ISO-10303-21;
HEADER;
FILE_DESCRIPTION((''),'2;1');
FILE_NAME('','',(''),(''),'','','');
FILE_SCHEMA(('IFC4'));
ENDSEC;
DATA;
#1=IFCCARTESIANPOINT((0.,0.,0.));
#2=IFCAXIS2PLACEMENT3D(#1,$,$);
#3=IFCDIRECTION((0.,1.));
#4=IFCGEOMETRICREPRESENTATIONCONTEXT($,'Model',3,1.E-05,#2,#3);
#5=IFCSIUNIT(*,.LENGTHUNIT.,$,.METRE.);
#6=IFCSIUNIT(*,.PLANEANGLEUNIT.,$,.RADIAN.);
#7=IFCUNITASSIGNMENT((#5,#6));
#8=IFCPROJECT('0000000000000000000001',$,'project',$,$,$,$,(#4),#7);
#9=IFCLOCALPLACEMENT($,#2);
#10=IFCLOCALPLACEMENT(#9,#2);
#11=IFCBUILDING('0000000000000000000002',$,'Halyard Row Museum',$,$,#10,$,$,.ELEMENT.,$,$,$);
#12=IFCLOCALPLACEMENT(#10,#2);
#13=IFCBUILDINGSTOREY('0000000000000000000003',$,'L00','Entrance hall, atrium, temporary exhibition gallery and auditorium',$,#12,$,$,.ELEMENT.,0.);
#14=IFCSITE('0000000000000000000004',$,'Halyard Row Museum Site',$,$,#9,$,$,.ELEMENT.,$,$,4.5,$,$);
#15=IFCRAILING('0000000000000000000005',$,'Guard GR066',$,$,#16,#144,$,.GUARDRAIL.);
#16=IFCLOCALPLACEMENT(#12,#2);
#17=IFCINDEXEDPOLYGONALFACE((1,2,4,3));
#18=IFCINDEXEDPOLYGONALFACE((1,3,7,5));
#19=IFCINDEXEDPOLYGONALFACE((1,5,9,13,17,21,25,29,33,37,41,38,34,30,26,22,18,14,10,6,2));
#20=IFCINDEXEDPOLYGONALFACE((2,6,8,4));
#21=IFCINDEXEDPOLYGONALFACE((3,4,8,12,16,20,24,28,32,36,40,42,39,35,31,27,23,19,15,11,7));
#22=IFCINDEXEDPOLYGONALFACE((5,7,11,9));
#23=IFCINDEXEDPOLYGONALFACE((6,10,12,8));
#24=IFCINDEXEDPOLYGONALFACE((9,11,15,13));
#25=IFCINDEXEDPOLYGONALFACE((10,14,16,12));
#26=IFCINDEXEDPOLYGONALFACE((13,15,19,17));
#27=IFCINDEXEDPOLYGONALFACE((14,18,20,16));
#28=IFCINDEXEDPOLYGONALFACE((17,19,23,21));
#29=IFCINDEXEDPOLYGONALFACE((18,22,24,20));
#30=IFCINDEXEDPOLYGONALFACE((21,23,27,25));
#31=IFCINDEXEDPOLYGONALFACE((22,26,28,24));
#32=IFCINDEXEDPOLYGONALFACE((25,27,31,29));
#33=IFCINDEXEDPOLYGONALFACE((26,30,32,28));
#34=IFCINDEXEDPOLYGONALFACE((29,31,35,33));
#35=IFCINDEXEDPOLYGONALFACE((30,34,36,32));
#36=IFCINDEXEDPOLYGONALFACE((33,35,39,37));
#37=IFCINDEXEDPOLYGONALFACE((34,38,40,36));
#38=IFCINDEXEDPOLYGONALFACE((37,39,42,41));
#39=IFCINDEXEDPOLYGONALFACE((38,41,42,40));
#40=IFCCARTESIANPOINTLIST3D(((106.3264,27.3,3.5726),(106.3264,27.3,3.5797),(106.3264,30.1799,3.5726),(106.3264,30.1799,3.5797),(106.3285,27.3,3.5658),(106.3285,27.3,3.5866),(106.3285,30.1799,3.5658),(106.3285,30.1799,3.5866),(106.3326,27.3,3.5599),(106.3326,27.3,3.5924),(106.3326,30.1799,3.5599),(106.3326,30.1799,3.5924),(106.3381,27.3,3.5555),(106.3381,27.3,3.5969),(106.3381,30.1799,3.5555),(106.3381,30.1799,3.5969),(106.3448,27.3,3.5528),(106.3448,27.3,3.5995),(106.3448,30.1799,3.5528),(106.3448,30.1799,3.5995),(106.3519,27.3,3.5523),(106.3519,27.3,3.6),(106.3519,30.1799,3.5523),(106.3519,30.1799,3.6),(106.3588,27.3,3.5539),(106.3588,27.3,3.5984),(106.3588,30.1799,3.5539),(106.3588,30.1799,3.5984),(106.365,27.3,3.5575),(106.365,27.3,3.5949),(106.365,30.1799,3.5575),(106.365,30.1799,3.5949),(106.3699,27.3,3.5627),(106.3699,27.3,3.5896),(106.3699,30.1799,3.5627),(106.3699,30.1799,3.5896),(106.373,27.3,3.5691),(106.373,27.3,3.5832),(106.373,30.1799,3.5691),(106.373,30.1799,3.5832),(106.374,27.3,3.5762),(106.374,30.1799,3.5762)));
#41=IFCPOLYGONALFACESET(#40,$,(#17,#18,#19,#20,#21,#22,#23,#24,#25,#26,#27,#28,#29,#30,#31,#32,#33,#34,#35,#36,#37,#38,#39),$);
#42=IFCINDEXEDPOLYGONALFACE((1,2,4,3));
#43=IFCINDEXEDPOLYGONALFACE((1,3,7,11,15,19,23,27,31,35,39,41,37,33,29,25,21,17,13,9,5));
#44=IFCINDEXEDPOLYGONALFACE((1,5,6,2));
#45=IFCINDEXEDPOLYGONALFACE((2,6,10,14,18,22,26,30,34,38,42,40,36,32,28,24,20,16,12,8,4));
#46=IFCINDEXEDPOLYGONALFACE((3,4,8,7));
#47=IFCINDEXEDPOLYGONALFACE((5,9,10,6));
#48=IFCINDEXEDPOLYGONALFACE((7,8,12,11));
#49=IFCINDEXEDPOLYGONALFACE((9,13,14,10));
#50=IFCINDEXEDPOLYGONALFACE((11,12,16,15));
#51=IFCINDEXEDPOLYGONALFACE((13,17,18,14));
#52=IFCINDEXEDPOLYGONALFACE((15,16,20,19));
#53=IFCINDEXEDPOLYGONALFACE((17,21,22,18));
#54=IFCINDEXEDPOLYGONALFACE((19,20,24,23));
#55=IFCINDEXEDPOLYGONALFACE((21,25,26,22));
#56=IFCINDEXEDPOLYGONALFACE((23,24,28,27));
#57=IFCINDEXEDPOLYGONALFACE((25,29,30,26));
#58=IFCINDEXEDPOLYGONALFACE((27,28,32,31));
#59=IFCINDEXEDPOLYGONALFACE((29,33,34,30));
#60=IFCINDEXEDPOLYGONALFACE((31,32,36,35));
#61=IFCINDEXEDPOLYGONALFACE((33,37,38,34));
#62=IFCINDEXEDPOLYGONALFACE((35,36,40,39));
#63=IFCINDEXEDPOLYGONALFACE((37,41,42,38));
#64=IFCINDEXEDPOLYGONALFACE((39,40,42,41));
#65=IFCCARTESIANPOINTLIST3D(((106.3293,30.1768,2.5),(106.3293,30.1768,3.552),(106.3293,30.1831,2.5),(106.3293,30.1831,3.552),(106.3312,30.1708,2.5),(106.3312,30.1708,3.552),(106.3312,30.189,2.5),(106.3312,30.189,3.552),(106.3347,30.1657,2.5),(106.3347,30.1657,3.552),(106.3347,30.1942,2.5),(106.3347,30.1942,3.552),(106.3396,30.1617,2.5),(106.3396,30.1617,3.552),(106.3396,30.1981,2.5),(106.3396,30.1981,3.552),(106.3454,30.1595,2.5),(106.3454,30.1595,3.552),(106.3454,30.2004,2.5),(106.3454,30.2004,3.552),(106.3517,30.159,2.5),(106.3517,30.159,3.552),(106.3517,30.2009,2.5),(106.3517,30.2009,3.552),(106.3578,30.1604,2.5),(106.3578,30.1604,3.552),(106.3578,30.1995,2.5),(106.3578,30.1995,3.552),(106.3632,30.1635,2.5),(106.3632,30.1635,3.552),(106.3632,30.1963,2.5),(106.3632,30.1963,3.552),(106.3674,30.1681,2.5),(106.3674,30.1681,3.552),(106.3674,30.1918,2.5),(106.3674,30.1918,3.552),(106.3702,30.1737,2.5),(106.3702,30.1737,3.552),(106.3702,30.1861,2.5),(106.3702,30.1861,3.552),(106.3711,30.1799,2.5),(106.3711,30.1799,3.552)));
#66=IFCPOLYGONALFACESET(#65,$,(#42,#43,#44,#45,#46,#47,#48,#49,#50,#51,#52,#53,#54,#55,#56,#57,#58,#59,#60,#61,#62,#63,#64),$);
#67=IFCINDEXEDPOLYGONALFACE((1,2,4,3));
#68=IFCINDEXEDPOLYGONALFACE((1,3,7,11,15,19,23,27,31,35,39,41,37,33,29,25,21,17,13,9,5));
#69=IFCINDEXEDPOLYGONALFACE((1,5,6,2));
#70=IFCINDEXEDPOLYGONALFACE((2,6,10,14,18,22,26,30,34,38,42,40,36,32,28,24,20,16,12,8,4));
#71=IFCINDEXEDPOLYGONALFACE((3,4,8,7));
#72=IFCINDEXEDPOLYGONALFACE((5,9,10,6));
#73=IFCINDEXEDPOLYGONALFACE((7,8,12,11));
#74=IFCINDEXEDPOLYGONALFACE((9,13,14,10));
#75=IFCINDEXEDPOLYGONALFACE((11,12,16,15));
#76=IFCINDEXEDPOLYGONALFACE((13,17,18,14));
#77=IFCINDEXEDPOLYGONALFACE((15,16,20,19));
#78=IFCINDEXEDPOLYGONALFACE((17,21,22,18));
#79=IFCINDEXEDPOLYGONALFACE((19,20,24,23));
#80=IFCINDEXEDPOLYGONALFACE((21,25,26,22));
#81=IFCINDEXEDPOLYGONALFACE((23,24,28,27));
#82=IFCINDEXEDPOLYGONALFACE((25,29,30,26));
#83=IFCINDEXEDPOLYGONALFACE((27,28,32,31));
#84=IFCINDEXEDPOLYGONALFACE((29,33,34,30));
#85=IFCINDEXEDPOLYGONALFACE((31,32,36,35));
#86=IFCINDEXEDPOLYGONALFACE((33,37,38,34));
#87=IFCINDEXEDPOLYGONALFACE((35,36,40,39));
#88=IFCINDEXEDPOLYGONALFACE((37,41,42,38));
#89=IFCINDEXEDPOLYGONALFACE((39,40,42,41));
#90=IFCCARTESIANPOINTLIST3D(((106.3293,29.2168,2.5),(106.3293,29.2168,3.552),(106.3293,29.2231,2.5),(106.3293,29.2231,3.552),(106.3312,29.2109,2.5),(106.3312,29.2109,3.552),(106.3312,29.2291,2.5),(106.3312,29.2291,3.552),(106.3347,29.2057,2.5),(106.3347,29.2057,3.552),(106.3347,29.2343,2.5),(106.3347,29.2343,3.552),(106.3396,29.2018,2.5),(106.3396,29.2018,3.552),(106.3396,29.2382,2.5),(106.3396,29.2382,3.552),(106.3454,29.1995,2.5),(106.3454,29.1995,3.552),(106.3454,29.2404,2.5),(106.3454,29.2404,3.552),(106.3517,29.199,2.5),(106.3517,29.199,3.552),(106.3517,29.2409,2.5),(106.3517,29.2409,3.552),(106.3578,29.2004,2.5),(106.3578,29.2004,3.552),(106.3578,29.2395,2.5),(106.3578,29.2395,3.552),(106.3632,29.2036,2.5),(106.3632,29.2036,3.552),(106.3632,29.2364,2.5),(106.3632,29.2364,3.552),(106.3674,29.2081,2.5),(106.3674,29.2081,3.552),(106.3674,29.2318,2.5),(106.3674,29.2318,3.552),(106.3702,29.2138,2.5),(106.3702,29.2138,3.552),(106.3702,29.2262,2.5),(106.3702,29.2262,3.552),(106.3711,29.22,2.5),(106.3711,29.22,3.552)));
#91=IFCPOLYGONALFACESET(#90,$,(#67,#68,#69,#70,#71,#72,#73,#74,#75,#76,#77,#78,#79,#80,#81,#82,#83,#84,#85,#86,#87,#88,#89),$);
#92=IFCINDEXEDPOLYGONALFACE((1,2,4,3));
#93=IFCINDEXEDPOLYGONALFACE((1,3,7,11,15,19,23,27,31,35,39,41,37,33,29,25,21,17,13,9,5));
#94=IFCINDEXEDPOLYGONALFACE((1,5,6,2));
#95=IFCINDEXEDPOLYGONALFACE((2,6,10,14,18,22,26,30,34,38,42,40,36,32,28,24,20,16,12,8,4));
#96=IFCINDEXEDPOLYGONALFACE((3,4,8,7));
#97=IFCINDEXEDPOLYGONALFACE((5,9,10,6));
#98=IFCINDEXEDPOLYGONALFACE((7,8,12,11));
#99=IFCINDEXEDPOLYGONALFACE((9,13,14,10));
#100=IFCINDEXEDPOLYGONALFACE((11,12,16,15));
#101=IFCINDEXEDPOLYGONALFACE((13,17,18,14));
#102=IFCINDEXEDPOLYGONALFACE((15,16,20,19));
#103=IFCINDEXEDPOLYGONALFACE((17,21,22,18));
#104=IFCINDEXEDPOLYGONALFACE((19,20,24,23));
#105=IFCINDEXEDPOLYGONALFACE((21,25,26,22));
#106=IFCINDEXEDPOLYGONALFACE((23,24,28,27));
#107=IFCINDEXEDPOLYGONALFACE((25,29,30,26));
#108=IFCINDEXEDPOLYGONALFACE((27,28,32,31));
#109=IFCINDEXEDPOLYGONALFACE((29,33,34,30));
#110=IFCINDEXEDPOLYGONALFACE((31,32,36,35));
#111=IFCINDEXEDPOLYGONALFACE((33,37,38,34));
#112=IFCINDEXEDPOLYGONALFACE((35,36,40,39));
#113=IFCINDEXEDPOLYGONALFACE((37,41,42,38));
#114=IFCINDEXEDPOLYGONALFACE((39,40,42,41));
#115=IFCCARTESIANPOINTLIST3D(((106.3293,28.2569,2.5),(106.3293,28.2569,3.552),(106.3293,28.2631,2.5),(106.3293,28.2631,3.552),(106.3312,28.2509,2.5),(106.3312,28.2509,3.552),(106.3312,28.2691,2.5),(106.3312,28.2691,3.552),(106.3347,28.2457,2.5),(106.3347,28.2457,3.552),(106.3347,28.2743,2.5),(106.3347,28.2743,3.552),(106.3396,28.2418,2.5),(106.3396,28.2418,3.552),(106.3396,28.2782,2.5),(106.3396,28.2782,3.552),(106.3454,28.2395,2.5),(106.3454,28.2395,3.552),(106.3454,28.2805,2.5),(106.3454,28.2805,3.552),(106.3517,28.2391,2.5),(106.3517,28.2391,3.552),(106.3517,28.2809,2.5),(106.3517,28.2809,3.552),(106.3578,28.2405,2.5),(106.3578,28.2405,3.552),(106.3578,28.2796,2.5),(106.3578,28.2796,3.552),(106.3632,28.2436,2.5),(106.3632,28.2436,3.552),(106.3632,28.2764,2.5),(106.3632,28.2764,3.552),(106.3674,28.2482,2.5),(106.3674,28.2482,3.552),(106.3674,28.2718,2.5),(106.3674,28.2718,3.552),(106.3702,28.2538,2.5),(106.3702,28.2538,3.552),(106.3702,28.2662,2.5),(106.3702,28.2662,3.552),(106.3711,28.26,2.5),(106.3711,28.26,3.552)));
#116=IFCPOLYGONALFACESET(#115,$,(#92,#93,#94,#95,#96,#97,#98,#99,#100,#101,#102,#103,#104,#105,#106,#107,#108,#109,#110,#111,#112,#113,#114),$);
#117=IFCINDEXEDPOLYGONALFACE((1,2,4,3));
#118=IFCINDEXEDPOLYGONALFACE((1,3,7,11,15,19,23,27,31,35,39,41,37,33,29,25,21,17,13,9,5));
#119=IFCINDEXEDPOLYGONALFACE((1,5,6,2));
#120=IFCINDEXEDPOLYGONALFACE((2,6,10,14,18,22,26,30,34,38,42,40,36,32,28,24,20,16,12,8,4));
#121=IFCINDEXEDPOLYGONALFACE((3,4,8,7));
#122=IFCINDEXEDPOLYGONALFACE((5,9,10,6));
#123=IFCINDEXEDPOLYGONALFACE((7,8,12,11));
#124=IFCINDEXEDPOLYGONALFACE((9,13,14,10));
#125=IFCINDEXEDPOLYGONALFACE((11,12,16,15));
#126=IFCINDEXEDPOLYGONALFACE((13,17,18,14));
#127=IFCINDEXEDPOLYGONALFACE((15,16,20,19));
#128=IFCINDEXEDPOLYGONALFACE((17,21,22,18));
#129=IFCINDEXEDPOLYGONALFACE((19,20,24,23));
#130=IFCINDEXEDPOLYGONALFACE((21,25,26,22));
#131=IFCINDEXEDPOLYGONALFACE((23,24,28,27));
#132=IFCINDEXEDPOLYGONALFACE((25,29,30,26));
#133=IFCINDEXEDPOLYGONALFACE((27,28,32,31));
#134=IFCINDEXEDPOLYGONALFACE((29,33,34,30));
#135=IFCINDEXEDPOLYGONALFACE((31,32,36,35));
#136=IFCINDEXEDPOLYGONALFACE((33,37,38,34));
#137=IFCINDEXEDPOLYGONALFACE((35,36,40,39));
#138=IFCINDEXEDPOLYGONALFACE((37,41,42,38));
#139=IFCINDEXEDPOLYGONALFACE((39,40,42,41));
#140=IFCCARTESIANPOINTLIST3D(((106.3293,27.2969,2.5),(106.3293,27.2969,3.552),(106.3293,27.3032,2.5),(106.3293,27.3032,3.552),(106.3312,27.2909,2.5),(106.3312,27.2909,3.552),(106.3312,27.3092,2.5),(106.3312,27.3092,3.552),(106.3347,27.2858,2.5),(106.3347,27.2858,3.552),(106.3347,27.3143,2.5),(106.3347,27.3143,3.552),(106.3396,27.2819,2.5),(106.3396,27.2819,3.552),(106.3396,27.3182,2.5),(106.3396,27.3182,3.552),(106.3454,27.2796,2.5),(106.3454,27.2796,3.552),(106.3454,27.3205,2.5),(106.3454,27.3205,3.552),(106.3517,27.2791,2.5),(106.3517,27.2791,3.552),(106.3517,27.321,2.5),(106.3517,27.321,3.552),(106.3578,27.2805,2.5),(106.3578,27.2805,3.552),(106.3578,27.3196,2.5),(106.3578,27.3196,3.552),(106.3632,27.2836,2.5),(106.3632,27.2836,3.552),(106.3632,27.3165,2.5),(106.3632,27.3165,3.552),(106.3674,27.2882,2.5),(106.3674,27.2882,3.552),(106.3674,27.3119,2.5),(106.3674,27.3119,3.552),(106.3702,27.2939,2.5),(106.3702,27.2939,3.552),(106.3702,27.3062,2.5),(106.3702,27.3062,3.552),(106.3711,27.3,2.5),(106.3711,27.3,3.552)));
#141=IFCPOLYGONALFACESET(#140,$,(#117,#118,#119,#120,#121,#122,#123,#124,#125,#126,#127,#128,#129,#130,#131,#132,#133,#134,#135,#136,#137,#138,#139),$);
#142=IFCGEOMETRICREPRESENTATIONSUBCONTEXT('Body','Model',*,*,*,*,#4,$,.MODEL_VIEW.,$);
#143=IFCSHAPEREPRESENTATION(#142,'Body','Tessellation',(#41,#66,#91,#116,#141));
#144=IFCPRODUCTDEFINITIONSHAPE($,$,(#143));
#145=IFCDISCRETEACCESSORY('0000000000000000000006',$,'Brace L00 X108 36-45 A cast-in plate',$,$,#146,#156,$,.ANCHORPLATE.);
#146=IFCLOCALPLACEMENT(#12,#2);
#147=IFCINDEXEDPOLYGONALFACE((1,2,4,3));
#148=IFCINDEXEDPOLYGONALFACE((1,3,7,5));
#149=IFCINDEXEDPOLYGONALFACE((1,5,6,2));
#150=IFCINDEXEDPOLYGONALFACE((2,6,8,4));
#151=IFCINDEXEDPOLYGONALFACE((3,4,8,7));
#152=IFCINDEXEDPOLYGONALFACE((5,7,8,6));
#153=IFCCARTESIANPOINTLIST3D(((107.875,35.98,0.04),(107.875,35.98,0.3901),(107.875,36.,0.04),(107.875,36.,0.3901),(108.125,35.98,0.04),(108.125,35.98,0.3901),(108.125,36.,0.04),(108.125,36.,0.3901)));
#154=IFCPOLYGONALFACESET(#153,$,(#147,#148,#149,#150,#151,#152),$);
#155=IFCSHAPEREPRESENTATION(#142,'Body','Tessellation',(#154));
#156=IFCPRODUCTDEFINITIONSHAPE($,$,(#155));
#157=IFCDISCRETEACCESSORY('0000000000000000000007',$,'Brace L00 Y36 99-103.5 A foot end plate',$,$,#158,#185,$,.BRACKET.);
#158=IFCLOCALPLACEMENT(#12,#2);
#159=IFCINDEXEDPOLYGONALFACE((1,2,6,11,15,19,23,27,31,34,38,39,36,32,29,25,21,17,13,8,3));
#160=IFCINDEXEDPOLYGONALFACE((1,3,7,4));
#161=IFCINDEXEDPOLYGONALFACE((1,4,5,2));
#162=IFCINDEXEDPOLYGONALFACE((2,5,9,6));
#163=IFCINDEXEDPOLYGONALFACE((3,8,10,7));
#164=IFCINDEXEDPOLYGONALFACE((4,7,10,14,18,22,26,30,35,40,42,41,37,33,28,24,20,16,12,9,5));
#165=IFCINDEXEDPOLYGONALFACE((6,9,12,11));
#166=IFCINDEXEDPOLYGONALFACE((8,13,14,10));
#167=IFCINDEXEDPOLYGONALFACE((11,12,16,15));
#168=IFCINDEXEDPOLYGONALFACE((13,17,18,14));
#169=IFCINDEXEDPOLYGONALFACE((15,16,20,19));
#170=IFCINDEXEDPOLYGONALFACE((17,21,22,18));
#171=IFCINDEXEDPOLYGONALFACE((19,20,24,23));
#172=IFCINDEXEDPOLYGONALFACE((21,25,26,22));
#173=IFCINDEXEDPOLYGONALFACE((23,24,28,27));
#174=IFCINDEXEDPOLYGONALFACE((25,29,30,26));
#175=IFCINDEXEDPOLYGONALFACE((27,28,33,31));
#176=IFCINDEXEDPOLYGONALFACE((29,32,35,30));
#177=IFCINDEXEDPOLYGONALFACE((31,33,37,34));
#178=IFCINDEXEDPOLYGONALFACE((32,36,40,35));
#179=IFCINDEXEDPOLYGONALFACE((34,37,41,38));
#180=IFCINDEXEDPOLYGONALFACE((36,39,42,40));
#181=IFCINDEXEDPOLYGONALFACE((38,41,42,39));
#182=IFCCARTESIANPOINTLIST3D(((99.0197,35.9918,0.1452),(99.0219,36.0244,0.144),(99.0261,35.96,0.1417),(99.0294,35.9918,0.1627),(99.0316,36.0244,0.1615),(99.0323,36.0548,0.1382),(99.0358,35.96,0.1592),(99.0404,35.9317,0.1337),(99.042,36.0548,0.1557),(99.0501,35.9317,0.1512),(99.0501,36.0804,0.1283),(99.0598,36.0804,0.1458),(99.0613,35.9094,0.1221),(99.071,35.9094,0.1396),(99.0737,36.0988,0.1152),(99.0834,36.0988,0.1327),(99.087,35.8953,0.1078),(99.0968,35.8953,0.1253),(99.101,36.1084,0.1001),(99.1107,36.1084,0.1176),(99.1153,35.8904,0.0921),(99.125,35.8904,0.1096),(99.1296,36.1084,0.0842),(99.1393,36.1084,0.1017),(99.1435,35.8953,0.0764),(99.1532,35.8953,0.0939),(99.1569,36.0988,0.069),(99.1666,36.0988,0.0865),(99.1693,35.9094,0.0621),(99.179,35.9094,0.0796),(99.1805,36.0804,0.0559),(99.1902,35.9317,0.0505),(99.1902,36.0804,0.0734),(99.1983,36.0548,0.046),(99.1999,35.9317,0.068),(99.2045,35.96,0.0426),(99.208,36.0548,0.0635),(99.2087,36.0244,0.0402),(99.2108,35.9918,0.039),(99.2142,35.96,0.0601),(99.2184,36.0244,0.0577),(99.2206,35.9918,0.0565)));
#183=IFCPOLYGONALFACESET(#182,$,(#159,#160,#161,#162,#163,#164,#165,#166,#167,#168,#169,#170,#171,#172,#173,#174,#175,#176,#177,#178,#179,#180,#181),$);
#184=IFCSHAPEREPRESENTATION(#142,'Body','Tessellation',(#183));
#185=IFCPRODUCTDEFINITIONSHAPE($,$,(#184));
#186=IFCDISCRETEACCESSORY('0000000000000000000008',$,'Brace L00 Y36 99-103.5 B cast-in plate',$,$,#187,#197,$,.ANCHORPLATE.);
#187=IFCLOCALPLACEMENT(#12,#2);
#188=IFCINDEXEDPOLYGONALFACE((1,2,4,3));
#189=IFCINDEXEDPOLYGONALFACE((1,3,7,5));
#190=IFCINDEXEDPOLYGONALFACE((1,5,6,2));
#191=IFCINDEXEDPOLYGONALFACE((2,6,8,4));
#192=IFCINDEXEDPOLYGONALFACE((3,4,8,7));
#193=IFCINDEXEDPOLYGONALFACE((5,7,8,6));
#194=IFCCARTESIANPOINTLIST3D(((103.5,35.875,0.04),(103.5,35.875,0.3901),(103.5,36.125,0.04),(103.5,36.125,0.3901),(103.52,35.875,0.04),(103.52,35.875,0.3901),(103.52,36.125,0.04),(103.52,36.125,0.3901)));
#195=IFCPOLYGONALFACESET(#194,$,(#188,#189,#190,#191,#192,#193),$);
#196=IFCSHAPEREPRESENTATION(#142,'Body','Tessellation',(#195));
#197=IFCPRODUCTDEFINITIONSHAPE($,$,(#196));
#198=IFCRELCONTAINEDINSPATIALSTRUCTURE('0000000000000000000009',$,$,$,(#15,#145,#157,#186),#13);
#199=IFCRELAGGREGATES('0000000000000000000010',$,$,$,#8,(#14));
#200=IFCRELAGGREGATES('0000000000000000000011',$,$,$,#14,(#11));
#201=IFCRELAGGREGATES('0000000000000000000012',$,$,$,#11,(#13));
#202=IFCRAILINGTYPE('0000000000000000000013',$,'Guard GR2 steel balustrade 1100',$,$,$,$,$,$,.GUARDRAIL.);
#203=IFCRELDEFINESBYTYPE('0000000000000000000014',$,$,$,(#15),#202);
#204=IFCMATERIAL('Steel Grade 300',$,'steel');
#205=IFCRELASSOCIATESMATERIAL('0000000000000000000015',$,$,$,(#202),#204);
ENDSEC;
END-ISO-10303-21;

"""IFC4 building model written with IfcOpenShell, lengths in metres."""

from ifc_helpers import new_model, si_unit, direction, frame, origin, origin_2d, place, context, subcontext, project, spatial, rectangle, circle, extrude, material, type_object, element, save


model = new_model("IFC4")

# Units and contexts
model_context = context("Model", 3, precision=1e-05, world=origin(), true_north=direction((0.0, 1.0)))
body_context = subcontext(model_context, "Body", "Model", "MODEL_VIEW")
ifc_project = project(units=[si_unit("LENGTHUNIT", "METRE"), si_unit("PLANEANGLEUNIT", "RADIAN")], contexts=[model_context])

# Site, building, storey
site_placement = place(None, origin())
site = spatial("IfcSite", under=ifc_project, at=site_placement, Name="Halyard Row Museum Site", CompositionType="ELEMENT", RefElevation=4.5)
building_placement = place(site_placement, origin())
building = spatial("IfcBuilding", under=site, at=building_placement, Name="Halyard Row Museum", CompositionType="ELEMENT")
storey_placement = place(building_placement, origin())
storey = spatial("IfcBuildingStorey", under=building, at=storey_placement, Name="L00", Description="Entrance hall, atrium, temporary exhibition gallery and auditorium", CompositionType="ELEMENT", Elevation=0.0)

# Railing
ifc_material_1 = material(Name="Steel Grade 300", Category="steel")
railing_type_1 = type_object("IfcRailingType", Name="Guard GR2 steel balustrade 1100", PredefinedType="GUARDRAIL", material=ifc_material_1)
railing_1_placement = place(storey_placement, frame((106.3501, 30.1799, 2.5)))
element("IfcRailing", 1, at=railing_1_placement, inside=storey, type_object=railing_type_1, Name="Guard GR066", PredefinedType="GUARDRAIL", context=body_context, shape_type="SweptSolid", body=[
    extrude(circle(Radius=0.0239, at=origin_2d()), frame((0.0, 0.0, 1.0762), z_axis=(0.0, -1.0, 0.0), x_axis=(1.0, 0.0, 0.0)), (0.0, 0.0, 1.0), 2.8799),
    extrude(circle(Radius=0.021, at=origin_2d()), origin(), (0.0, 0.0, 1.0), 1.052),
    extrude(circle(Radius=0.021, at=origin_2d()), frame((0.0, -0.96, 0.0)), (0.0, 0.0, 1.0), 1.052),
    extrude(circle(Radius=0.021, at=origin_2d()), frame((0.0, -1.9199, 0.0)), (0.0, 0.0, 1.0), 1.052),
    extrude(circle(Radius=0.021, at=origin_2d()), frame((0.0, -2.8799, 0.0)), (0.0, 0.0, 1.0), 1.052),
])

# Discrete accessories
discrete_accessory_1_placement = place(storey_placement, frame((108.0, 36.0, 0.2151), z_axis=(0.0, -1.0, 0.0), x_axis=(1.0, 0.0, 0.0)))
element("IfcDiscreteAccessory", 2, at=discrete_accessory_1_placement, inside=storey, Name="Brace L00 X108 36-45 A cast-in plate", PredefinedType="ANCHORPLATE", context=body_context, shape_type="SweptSolid", body=[
    extrude(rectangle(XDim=0.25, YDim=0.3501, at=origin_2d()), origin(), (0.0, 0.0, 1.0), 0.02),
])
discrete_accessory_2_placement = place(storey_placement, frame((99.125, 36.0, 0.1096), z_axis=(-0.485643, 0.0, -0.874157), x_axis=(0.0, -1.0, 0.0)))
element("IfcDiscreteAccessory", 3, at=discrete_accessory_2_placement, inside=storey, Name="Brace L00 Y36 99-103.5 A foot end plate", PredefinedType="BRACKET", context=body_context, shape_type="SweptSolid", body=[
    extrude(circle(Radius=0.1096, at=origin_2d()), origin(), (0.0, 0.0, 1.0), 0.02),
])
discrete_accessory_3_placement = place(storey_placement, frame((103.5, 36.0, 0.2151), z_axis=(1.0, 0.0, 0.0), x_axis=(0.0, 1.0, 0.0)))
element("IfcDiscreteAccessory", 4, at=discrete_accessory_3_placement, inside=storey, Name="Brace L00 Y36 99-103.5 B cast-in plate", PredefinedType="ANCHORPLATE", context=body_context, shape_type="SweptSolid", body=[
    extrude(rectangle(XDim=0.25, YDim=0.3501, at=origin_2d()), origin(), (0.0, 0.0, 1.0), 0.02),
])

save(model, "model.ifc")
